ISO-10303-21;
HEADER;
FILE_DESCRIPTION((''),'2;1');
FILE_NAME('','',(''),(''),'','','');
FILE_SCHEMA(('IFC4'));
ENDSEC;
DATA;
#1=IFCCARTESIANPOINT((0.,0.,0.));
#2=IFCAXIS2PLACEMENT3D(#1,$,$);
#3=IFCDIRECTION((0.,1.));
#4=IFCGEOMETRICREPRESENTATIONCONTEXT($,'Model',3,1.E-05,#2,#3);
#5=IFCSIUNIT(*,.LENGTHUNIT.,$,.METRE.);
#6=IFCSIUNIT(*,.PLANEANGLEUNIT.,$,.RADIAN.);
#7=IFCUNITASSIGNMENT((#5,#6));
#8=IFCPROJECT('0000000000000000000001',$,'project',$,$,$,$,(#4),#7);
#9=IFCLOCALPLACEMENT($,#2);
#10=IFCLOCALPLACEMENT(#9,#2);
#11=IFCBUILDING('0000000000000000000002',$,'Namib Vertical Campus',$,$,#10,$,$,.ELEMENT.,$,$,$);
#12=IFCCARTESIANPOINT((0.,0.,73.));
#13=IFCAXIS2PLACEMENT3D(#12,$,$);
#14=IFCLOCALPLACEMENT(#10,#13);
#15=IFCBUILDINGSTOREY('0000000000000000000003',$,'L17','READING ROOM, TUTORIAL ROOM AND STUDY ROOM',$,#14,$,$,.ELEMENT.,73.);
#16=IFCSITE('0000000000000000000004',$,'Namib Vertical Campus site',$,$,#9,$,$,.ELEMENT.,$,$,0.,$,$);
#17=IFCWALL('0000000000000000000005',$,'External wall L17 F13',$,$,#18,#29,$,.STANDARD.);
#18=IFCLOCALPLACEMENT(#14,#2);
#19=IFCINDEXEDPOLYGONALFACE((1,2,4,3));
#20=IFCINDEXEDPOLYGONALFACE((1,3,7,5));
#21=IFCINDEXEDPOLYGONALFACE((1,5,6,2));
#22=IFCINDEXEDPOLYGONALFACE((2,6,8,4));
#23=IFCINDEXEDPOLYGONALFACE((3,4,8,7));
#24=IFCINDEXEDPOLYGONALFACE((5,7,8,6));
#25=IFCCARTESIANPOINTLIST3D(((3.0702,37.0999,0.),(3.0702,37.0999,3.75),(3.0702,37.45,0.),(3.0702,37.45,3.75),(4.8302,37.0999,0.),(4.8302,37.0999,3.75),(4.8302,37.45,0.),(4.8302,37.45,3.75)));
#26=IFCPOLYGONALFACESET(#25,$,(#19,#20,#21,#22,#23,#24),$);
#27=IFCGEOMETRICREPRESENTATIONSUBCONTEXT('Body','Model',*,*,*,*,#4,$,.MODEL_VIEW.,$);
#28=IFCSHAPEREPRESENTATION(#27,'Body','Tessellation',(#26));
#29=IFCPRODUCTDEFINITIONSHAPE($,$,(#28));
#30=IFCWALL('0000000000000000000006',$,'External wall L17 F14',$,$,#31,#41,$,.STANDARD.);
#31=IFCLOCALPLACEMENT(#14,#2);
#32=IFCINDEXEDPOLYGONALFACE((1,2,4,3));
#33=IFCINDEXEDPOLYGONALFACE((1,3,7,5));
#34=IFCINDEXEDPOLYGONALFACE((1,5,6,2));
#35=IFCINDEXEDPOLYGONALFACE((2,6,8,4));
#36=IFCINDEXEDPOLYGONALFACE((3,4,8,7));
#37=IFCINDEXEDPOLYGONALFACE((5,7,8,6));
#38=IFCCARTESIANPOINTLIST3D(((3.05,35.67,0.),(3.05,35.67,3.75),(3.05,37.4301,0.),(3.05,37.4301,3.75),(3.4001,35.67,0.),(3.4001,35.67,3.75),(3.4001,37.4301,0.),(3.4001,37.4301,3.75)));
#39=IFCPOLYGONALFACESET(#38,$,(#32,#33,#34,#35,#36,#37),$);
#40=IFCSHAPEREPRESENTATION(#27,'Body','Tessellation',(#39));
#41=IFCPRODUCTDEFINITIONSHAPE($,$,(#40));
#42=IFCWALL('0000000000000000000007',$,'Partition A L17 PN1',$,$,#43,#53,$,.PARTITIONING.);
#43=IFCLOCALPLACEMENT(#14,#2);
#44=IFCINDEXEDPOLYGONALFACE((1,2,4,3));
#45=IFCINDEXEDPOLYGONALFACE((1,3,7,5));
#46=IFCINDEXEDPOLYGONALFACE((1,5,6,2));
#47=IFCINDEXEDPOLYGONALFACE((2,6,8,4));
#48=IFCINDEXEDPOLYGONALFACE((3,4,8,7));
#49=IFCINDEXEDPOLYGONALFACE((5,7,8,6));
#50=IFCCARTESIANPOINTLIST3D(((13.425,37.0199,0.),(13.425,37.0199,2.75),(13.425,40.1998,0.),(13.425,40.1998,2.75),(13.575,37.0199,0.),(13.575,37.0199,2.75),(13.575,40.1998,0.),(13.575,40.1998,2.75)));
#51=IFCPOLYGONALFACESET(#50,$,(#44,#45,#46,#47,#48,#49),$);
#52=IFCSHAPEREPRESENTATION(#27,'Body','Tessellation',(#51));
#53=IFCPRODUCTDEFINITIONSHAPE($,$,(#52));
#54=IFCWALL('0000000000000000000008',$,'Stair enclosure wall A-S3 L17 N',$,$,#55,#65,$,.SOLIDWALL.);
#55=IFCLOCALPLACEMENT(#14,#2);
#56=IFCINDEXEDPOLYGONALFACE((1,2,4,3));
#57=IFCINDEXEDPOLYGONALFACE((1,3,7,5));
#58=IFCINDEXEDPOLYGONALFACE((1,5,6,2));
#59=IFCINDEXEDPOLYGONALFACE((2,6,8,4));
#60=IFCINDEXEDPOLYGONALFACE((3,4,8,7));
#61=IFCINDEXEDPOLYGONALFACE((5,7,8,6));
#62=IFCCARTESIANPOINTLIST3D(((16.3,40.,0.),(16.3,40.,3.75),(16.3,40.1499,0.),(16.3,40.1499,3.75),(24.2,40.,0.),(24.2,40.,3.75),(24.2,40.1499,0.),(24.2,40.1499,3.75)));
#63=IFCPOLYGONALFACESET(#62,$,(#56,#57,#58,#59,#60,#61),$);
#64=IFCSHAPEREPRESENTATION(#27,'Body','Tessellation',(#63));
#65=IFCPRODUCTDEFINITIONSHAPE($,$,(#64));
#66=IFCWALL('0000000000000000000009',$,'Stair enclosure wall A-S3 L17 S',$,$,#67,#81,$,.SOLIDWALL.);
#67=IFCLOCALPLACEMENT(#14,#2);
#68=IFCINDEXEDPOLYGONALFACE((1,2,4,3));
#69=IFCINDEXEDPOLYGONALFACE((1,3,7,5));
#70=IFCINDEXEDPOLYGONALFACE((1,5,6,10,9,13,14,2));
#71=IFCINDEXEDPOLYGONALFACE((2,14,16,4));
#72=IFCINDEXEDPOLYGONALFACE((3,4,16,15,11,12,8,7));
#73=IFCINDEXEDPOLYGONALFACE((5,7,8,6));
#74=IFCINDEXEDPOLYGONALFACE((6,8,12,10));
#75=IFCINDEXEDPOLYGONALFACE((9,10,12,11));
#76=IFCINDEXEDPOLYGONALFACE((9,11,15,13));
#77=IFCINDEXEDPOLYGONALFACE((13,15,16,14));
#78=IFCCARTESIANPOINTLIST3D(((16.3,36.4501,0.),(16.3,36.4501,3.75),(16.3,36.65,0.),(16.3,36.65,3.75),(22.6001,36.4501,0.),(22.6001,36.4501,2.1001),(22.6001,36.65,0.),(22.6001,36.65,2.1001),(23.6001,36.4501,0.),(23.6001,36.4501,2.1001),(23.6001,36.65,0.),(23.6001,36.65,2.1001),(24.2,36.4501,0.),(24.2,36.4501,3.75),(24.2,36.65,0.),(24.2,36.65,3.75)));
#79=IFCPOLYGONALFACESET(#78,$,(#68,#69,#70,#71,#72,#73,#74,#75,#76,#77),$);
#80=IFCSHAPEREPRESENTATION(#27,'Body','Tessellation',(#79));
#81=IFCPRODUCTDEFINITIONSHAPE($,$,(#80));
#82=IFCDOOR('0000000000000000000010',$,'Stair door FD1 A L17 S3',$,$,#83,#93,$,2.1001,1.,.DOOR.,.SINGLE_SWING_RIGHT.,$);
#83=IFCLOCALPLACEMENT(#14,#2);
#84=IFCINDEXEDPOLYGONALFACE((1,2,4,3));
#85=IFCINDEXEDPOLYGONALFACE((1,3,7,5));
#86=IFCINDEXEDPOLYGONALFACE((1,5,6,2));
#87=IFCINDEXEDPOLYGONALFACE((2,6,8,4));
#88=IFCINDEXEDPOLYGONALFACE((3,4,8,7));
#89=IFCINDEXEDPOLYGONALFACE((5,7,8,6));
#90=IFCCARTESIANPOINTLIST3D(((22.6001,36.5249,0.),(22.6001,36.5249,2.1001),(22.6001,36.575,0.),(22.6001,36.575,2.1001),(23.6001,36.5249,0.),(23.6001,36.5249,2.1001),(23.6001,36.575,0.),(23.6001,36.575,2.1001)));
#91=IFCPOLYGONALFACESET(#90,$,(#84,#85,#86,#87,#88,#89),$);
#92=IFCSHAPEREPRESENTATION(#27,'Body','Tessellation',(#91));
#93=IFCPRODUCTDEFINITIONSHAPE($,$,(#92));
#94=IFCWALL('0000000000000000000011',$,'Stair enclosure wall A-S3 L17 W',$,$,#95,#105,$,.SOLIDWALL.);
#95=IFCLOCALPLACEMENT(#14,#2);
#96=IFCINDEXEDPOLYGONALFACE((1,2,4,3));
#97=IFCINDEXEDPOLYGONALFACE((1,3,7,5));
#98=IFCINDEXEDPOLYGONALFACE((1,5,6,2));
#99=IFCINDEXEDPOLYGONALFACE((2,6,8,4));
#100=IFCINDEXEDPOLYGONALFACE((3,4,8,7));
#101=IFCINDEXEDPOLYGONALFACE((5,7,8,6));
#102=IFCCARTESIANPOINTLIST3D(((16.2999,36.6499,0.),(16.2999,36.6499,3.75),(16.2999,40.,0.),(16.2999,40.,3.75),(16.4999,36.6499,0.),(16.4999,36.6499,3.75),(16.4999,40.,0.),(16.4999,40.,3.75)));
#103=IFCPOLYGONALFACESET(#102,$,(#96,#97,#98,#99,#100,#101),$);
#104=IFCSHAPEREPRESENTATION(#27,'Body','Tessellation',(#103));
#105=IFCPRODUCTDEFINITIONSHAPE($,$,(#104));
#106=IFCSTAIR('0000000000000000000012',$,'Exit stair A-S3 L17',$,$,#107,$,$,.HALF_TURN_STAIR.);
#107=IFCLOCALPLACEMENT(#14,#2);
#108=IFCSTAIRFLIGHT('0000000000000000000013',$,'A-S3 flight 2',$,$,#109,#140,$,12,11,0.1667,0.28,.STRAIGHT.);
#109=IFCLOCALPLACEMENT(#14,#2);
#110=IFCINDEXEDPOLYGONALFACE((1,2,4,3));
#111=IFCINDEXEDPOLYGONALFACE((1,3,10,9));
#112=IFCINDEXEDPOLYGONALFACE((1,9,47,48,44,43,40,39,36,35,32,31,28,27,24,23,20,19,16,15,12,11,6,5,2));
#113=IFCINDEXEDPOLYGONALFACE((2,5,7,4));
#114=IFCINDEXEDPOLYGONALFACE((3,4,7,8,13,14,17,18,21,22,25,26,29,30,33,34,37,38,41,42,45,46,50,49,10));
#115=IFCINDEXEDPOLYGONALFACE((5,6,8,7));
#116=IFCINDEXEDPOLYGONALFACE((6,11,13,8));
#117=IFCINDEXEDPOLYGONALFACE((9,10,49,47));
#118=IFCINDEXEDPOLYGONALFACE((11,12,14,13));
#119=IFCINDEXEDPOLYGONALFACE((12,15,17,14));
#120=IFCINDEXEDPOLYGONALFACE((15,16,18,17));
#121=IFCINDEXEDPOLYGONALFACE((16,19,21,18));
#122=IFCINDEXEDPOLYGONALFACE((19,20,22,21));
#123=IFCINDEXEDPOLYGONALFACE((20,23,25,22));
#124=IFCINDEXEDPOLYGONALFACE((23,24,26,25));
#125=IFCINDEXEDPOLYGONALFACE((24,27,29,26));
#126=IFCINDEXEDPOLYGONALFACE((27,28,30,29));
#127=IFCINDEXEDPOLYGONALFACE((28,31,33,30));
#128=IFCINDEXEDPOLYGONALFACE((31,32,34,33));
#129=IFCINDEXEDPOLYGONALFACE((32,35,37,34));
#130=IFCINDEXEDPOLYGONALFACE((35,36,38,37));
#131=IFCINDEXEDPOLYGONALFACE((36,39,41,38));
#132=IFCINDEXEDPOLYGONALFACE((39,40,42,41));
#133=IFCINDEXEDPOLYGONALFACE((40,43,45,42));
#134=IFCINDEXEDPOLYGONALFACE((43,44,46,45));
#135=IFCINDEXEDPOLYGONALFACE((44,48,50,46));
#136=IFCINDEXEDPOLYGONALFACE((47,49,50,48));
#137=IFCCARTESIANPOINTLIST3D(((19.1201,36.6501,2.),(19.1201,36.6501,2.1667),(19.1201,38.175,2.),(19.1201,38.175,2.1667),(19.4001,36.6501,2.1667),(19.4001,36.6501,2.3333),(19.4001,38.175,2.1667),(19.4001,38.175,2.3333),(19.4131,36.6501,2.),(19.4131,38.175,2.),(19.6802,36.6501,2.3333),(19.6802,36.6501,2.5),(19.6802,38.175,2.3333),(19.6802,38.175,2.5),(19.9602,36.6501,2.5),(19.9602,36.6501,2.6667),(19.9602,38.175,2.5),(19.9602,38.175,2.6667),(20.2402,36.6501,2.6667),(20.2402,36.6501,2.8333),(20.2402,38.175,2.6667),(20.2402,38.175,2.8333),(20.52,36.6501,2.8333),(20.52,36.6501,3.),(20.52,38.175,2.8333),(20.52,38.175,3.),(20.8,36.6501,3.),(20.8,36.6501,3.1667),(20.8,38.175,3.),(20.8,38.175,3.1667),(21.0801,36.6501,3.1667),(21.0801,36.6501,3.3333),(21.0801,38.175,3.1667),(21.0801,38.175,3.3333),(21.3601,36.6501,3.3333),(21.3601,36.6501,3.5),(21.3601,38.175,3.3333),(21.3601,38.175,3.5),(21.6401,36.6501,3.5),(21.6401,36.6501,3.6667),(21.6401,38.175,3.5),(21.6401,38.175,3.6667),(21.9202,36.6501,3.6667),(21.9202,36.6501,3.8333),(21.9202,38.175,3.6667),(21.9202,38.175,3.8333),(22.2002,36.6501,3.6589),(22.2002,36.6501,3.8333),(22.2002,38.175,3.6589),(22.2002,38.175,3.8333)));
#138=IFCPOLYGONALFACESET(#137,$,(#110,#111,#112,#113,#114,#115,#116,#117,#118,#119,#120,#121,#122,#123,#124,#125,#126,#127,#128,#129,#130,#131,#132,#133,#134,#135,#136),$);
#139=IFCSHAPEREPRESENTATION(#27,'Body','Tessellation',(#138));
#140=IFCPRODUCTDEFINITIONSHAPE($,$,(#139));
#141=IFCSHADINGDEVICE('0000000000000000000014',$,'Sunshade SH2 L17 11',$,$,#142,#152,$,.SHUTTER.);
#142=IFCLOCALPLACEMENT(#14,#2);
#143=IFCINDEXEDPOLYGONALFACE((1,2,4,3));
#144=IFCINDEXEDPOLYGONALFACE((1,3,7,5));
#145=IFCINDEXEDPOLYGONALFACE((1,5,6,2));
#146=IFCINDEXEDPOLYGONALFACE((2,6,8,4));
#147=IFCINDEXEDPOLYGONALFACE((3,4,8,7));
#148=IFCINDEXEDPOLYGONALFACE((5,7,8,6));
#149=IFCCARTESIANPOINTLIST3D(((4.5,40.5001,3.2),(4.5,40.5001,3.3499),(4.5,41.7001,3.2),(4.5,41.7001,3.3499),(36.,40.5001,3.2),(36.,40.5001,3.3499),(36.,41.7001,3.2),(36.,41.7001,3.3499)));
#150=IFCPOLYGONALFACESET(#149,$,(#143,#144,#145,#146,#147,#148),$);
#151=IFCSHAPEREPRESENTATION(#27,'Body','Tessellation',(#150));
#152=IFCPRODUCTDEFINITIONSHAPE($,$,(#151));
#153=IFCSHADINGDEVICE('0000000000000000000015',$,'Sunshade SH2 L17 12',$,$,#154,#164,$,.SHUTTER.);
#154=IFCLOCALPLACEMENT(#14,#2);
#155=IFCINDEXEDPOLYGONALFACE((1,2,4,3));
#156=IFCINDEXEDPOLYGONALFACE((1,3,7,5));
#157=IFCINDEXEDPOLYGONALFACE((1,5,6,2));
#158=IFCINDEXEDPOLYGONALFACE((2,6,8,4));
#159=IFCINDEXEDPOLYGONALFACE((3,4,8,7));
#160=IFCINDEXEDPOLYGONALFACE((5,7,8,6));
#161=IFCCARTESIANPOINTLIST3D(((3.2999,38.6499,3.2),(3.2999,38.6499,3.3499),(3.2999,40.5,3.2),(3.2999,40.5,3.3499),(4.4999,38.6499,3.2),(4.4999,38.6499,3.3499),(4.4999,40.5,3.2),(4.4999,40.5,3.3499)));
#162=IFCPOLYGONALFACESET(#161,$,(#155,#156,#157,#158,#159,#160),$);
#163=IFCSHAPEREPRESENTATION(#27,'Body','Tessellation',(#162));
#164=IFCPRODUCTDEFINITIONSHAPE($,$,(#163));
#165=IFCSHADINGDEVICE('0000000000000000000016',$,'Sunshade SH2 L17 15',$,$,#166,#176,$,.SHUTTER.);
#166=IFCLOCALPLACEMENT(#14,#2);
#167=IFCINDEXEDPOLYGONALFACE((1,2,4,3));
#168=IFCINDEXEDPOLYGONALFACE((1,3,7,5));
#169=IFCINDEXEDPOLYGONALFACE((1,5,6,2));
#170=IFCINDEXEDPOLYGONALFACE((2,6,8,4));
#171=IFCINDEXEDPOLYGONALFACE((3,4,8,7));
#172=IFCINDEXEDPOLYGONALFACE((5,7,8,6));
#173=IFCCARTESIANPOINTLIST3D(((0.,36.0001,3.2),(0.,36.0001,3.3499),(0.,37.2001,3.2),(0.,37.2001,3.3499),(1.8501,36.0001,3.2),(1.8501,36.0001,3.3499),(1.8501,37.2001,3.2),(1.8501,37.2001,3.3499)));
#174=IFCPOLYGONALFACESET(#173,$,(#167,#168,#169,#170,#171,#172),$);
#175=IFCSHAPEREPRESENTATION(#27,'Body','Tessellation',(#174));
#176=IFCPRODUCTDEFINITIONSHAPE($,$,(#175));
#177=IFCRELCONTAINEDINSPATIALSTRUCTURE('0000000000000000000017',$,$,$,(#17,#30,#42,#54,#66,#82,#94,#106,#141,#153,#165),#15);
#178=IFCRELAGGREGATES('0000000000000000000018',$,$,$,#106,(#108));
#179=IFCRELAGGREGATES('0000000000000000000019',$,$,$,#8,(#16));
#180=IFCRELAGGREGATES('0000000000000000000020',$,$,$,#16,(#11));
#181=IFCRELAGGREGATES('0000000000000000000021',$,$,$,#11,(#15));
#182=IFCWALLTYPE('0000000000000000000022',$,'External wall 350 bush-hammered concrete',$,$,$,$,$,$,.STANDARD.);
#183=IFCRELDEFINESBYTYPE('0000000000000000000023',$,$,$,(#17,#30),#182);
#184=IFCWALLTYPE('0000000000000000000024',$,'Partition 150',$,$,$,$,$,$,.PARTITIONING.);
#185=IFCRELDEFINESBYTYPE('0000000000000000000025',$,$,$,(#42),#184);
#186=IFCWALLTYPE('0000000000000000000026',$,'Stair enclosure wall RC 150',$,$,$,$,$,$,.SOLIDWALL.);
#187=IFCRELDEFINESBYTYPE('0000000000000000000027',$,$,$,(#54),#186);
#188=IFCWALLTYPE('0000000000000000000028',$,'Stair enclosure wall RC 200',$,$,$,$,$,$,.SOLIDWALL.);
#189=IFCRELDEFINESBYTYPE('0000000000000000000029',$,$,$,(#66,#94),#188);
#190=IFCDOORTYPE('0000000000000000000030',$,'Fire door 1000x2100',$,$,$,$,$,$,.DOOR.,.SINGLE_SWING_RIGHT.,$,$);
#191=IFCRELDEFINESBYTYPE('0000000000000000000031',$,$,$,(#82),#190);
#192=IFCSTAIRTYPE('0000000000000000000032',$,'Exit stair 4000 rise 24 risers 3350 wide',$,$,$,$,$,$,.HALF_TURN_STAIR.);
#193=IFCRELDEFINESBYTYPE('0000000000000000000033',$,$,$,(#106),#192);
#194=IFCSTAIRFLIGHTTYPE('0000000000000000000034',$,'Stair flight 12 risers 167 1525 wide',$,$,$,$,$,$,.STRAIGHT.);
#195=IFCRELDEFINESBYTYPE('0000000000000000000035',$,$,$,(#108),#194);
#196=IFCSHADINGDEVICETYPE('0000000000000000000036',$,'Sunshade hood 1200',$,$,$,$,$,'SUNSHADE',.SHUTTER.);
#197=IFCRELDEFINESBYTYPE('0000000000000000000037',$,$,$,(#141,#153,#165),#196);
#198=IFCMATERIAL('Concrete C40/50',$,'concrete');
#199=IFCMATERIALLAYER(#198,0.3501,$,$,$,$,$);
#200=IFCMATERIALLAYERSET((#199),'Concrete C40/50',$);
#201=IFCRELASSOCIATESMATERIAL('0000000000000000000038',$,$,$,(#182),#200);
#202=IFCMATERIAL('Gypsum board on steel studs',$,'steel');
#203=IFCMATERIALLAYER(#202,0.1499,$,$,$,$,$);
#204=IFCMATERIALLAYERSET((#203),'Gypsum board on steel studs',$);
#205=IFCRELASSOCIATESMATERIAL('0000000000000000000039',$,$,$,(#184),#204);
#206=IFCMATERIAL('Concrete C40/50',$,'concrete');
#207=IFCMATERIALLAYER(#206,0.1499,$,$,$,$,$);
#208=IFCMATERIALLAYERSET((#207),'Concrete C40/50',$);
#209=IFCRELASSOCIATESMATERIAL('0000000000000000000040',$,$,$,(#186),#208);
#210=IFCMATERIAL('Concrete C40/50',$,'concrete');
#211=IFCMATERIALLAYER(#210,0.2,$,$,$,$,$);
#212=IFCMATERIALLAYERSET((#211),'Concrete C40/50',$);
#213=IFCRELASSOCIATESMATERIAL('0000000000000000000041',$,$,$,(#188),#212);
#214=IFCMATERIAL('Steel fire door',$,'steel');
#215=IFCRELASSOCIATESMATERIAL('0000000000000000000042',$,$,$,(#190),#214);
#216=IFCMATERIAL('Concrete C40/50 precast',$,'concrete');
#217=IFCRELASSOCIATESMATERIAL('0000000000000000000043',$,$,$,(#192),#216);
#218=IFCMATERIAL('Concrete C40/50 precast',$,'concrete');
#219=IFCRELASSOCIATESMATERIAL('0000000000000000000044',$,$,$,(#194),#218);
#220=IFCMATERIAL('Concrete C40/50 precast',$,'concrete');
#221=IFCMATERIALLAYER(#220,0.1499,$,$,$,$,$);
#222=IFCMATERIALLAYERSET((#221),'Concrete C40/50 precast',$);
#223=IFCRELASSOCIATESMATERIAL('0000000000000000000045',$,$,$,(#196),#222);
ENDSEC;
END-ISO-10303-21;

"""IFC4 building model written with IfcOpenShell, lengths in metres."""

from ifc_helpers import new_model, si_unit, direction, frame, frame_2d, origin, origin_2d, place, context, subcontext, project, spatial, polyline, rectangle, outline, extrude, material, layer, layer_set, type_object, element, fill, aggregate, save


model = new_model("IFC4")

# Units and contexts
model_context = context("Model", 3, precision=1e-05, world=origin(), true_north=direction((0.0, 1.0)))
body_context = subcontext(model_context, "Body", "Model", "MODEL_VIEW")
ifc_project = project(units=[si_unit("LENGTHUNIT", "METRE"), si_unit("PLANEANGLEUNIT", "RADIAN")], contexts=[model_context])

# Site, building, storey
site_placement = place(None, origin())
site = spatial("IfcSite", under=ifc_project, at=site_placement, Name="Namib Vertical Campus site", CompositionType="ELEMENT", RefElevation=0.0)
building_placement = place(site_placement, origin())
building = spatial("IfcBuilding", under=site, at=building_placement, Name="Namib Vertical Campus", CompositionType="ELEMENT")
storey_placement = place(building_placement, frame((0.0, 0.0, 73.0)))
storey = spatial("IfcBuildingStorey", under=building, at=storey_placement, Name="L17", Description="READING ROOM, TUTORIAL ROOM AND STUDY ROOM", CompositionType="ELEMENT", Elevation=73.0)

# Walls
ifc_material_1 = material(Name="Concrete C40/50", Category="concrete")
ifc_layer_1 = layer(ifc_material_1, 0.3501)
ifc_layer_set_1 = layer_set([ifc_layer_1], Name="Concrete C40/50")
wall_type_1 = type_object("IfcWallType", Name="External wall 350 bush-hammered concrete", PredefinedType="STANDARD", material=ifc_layer_set_1)
for number, where, z_axis, x_axis, name in (
    (1, (4.8301, 37.2749, 0.0), (0.0, 0.0, 1.0), (-1.0, 0.0, 0.0), "External wall L17 F13"),
    (2, (3.2251, 37.4299, 0.0), (0.0, 0.0, 1.0), (0.0, -1.0, 0.0), "External wall L17 F14"),
):
    element("IfcWall", number, at=place(storey_placement, frame(where, z_axis=z_axis, x_axis=x_axis)), inside=storey, type_object=wall_type_1, Name=name, PredefinedType="STANDARD", context=body_context, shape_type="SweptSolid", body=[
        extrude(rectangle(XDim=1.76, YDim=0.3501, at=frame_2d((0.8799, 0.0))), origin(), (0.0, 0.0, 1.0), 3.75),
    ])
ifc_material_2 = material(Name="Gypsum board on steel studs", Category="steel")
ifc_layer_2 = layer(ifc_material_2, 0.1499)
ifc_layer_set_2 = layer_set([ifc_layer_2], Name="Gypsum board on steel studs")
wall_type_2 = type_object("IfcWallType", Name="Partition 150", PredefinedType="PARTITIONING", material=ifc_layer_set_2)
wall_1_placement = place(storey_placement, frame((13.5, 37.02, 0.0), z_axis=(0.0, 0.0, 1.0), x_axis=(0.0, 1.0, 0.0)))
element("IfcWall", 3, at=wall_1_placement, inside=storey, type_object=wall_type_2, Name="Partition A L17 PN1", PredefinedType="PARTITIONING", context=body_context, shape_type="SweptSolid", body=[
    extrude(rectangle(XDim=3.1799, YDim=0.1499, at=frame_2d((1.5898, 0.0))), origin(), (0.0, 0.0, 1.0), 2.75),
])
ifc_material_3 = material(Name="Concrete C40/50", Category="concrete")
ifc_layer_3 = layer(ifc_material_3, 0.1499)
ifc_layer_set_3 = layer_set([ifc_layer_3], Name="Concrete C40/50")
wall_type_3 = type_object("IfcWallType", Name="Stair enclosure wall RC 150", PredefinedType="SOLIDWALL", material=ifc_layer_set_3)
wall_2_placement = place(storey_placement, frame((16.3, 40.075, 0.0), z_axis=(0.0, 0.0, 1.0), x_axis=(1.0, 0.0, 0.0)))
element("IfcWall", 4, at=wall_2_placement, inside=storey, type_object=wall_type_3, Name="Stair enclosure wall A-S3 L17 N", PredefinedType="SOLIDWALL", context=body_context, shape_type="SweptSolid", body=[
    extrude(rectangle(XDim=7.8999, YDim=0.1499, at=frame_2d((3.95, 0.0))), origin(), (0.0, 0.0, 1.0), 3.75),
])

# Wall, opening, door
ifc_material_4 = material(Name="Concrete C40/50", Category="concrete")
ifc_layer_4 = layer(ifc_material_4, 0.2)
ifc_layer_set_4 = layer_set([ifc_layer_4], Name="Concrete C40/50")
wall_type_4 = type_object("IfcWallType", Name="Stair enclosure wall RC 200", PredefinedType="SOLIDWALL", material=ifc_layer_set_4)
wall_3_placement = place(storey_placement, frame((16.3, 36.55, 0.0), z_axis=(0.0, 0.0, 1.0), x_axis=(1.0, 0.0, 0.0)))
wall_3 = element("IfcWall", 5, at=wall_3_placement, inside=storey, type_object=wall_type_4, Name="Stair enclosure wall A-S3 L17 S", PredefinedType="SOLIDWALL", context=body_context, shape_type="SweptSolid", body=[
    extrude(rectangle(XDim=7.8999, YDim=0.2, at=frame_2d((3.95, 0.0))), origin(), (0.0, 0.0, 1.0), 3.75),
])
opening_placement = place(wall_3_placement, frame((6.3, 0.0, 0.0)))
opening = element("IfcOpeningElement", 6, at=opening_placement, cuts=wall_3, PredefinedType="OPENING", context=body_context, shape_type="SweptSolid", body=[
    extrude(rectangle(XDim=1.0, YDim=2.1001, at=frame_2d((0.5, 1.05))), frame((0.0, 0.1099, 0.0), z_axis=(0.0, -1.0, 0.0), x_axis=(1.0, 0.0, 0.0)), (0.0, 0.0, 1.0), 0.22),
])
ifc_material_5 = material(Name="Steel fire door", Category="steel")
door_type = type_object("IfcDoorType", Name="Fire door 1000x2100", OperationType="SINGLE_SWING_RIGHT", PredefinedType="DOOR", material=ifc_material_5)
door_placement = place(opening_placement, origin())
door = element("IfcDoor", 7, at=door_placement, inside=storey, type_object=door_type, Name="Stair door FD1 A L17 S3", OperationType="SINGLE_SWING_RIGHT", OverallHeight=2.1001, OverallWidth=1.0, PredefinedType="DOOR", context=body_context, shape_type="SweptSolid", body=[
    extrude(rectangle(XDim=1.0, YDim=2.1001, at=frame_2d((0.5, 1.05))), frame((0.0, 0.0249, 0.0), z_axis=(0.0, -1.0, 0.0), x_axis=(1.0, 0.0, 0.0)), (0.0, 0.0, 1.0), 0.05),
])
fill(opening, door)

# Wall
wall_4_placement = place(storey_placement, frame((16.3999, 36.6499, 0.0), z_axis=(0.0, 0.0, 1.0), x_axis=(0.0, 1.0, 0.0)))
element("IfcWall", 8, at=wall_4_placement, inside=storey, type_object=wall_type_4, Name="Stair enclosure wall A-S3 L17 W", PredefinedType="SOLIDWALL", context=body_context, shape_type="SweptSolid", body=[
    extrude(rectangle(XDim=3.3501, YDim=0.2, at=frame_2d((1.675, 0.0))), origin(), (0.0, 0.0, 1.0), 3.75),
])

# Stair, stair flight
ifc_material_6 = material(Name="Concrete C40/50 precast", Category="concrete")
stair_type = type_object("IfcStairType", Name="Exit stair 4000 rise 24 risers 3350 wide", PredefinedType="HALF_TURN_STAIR", material=ifc_material_6)
stair_placement = place(storey_placement, origin())
stair = element("IfcStair", 9, at=stair_placement, inside=storey, type_object=stair_type, Name="Exit stair A-S3 L17", PredefinedType="HALF_TURN_STAIR")
ifc_material_7 = material(Name="Concrete C40/50 precast", Category="concrete")
stair_flight_type = type_object("IfcStairFlightType", Name="Stair flight 12 risers 167 1525 wide", PredefinedType="STRAIGHT", material=ifc_material_7)
stair_flight_placement = place(storey_placement, frame((19.1201, 37.4126, 2.0), z_axis=(0.0, 0.0, 1.0), x_axis=(1.0, 0.0, 0.0)))
stair_flight = element("IfcStairFlight", 10, at=stair_flight_placement, type_object=stair_flight_type, Name="A-S3 flight 2", NumberOfRisers=12, NumberOfTreads=11, PredefinedType="STRAIGHT", RiserHeight=0.1667, TreadLength=0.28, context=body_context, shape_type="SweptSolid", body=[
    extrude(outline(polyline([(0.0, 0.0), (0.0, 0.1667), (0.28, 0.1667), (0.28, 0.3333), (0.5601, 0.3333), (0.5601, 0.5), (0.8401, 0.5), (0.8401, 0.6667), (1.1201, 0.6667), (1.1201, 0.8333), (1.3999, 0.8333), (1.3999, 1.0), (1.6799, 1.0), (1.6799, 1.1667), (1.96, 1.1667), (1.96, 1.3333), (2.24, 1.3333), (2.24, 1.5), (2.52, 1.5), (2.52, 1.6667), (2.8, 1.6667), (2.8, 1.8333), (3.0801, 1.8333), (3.0801, 2.0), (3.0801, 1.6589), (0.293, 0.0), (0.0, 0.0)])), frame((0.0, 0.7625, 0.0), z_axis=(0.0, -1.0, 0.0), x_axis=(1.0, 0.0, 0.0)), (0.0, 0.0, 1.0), 1.5249),
])
aggregate(stair, [stair_flight])

# Shading devices
ifc_material_8 = material(Name="Concrete C40/50 precast", Category="concrete")
ifc_layer_5 = layer(ifc_material_8, 0.1499)
ifc_layer_set_5 = layer_set([ifc_layer_5], Name="Concrete C40/50 precast")
shading_device_type = type_object("IfcShadingDeviceType", Name="Sunshade hood 1200", ElementType="SUNSHADE", PredefinedType="SHUTTER", material=ifc_layer_set_5)
shading_device_placement = place(storey_placement, frame((20.25, 41.1001, 3.2), z_axis=(0.0, 0.0, 1.0), x_axis=(-1.0, 0.0, 0.0)))
element("IfcShadingDevice", 11, at=shading_device_placement, inside=storey, type_object=shading_device_type, Name="Sunshade SH2 L17 11", PredefinedType="SHUTTER", context=body_context, shape_type="SweptSolid", body=[
    extrude(rectangle(XDim=31.5, YDim=1.2, at=origin_2d()), origin(), (0.0, 0.0, 1.0), 0.1499),
])
for number, where, z_axis, x_axis, name in (
    (12, (3.8999, 39.575, 3.2), (0.0, 0.0, 1.0), (0.0, -1.0, 0.0), "Sunshade SH2 L17 12"),
    (13, (0.925, 36.6001, 3.2), (0.0, 0.0, 1.0), (-1.0, 0.0, 0.0), "Sunshade SH2 L17 15"),
):
    element("IfcShadingDevice", number, at=place(storey_placement, frame(where, z_axis=z_axis, x_axis=x_axis)), inside=storey, type_object=shading_device_type, Name=name, PredefinedType="SHUTTER", context=body_context, shape_type="SweptSolid", body=[
        extrude(rectangle(XDim=1.8501, YDim=1.2, at=origin_2d()), origin(), (0.0, 0.0, 1.0), 0.1499),
    ])

save(model, "model.ifc")
